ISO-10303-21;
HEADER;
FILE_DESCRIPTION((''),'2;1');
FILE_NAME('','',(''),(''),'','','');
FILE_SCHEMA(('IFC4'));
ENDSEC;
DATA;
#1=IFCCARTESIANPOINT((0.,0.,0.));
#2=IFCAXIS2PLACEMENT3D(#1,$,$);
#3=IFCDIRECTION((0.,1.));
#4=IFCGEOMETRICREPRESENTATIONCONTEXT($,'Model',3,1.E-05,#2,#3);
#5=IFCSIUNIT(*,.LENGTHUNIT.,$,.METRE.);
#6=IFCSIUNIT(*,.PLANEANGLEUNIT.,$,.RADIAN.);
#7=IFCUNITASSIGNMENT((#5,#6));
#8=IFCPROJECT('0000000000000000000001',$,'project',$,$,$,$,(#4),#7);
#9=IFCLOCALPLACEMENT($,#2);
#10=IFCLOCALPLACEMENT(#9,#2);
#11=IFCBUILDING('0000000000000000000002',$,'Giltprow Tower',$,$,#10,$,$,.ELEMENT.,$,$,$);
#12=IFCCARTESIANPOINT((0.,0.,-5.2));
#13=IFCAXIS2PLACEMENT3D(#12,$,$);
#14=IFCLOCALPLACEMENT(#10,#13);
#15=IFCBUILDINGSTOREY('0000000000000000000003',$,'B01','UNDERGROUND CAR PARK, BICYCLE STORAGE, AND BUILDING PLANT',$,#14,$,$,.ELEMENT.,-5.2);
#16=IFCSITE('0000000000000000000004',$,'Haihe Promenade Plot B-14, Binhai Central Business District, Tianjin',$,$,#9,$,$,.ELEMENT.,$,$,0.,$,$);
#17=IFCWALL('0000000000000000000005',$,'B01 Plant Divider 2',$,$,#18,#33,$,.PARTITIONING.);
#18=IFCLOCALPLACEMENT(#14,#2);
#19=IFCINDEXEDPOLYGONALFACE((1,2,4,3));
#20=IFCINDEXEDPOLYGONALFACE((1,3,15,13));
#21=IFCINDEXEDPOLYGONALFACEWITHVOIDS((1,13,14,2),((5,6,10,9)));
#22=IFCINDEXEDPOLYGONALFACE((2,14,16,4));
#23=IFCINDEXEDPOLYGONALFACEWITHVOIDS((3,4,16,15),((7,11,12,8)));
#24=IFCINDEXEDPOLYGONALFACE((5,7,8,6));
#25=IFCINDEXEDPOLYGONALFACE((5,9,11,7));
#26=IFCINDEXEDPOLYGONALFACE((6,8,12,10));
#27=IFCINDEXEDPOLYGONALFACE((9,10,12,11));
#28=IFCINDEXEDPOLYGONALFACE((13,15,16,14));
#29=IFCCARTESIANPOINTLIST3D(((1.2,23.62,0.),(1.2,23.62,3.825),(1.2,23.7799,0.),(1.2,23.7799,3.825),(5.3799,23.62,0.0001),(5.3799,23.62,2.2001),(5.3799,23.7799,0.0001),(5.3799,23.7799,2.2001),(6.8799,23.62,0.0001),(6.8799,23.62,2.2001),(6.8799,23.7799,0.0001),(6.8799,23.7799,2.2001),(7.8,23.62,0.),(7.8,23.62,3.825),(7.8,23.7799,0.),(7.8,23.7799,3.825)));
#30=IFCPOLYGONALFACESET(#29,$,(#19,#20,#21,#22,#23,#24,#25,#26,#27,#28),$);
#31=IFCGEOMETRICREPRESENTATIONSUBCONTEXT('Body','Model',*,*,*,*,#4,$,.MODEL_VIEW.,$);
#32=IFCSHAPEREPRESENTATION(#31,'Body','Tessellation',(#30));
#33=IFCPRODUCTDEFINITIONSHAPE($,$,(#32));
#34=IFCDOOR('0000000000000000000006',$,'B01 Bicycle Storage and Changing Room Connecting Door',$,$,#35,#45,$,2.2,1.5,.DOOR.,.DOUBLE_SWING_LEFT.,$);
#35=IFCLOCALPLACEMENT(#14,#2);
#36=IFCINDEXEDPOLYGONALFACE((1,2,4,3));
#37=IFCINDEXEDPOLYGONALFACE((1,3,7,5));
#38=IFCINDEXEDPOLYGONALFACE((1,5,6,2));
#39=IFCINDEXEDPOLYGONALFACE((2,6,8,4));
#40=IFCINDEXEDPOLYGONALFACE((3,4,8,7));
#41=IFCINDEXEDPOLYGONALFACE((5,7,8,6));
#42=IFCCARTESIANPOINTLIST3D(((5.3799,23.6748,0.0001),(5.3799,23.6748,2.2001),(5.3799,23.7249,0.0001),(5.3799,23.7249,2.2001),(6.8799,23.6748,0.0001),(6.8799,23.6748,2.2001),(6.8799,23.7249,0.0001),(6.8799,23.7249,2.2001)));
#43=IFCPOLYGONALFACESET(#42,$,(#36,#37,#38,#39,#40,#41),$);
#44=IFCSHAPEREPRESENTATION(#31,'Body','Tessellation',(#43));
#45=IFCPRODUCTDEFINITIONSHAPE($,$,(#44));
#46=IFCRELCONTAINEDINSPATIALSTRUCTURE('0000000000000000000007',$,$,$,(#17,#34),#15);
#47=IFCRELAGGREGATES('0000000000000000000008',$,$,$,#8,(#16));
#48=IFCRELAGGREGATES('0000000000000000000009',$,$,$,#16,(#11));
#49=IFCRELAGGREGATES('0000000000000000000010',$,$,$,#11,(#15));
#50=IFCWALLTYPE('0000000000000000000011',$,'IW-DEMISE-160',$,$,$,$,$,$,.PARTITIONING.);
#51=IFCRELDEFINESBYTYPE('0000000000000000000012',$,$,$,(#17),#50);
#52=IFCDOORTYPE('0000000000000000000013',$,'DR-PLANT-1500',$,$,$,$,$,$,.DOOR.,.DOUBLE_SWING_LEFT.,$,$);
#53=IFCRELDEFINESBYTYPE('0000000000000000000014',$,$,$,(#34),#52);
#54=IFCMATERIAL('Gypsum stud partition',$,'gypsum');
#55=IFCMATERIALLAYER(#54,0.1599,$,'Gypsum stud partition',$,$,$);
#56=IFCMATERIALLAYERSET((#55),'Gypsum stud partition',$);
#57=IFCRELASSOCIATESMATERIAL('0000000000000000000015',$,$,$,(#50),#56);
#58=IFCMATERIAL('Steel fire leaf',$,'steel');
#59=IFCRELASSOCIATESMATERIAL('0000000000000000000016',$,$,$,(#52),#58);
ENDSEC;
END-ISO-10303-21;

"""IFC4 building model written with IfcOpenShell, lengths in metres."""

from ifc_helpers import new_model, si_unit, direction, frame, frame_2d, origin, place, context, subcontext, project, spatial, rectangle, extrude, source, transform, mapped, material, layer, layer_set, type_object, element, fill, save


model = new_model("IFC4")

# Units and contexts
model_context = context("Model", 3, precision=1e-05, world=origin(), true_north=direction((0.0, 1.0)))
body_context = subcontext(model_context, "Body", "Model", "MODEL_VIEW")
ifc_project = project(units=[si_unit("LENGTHUNIT", "METRE"), si_unit("PLANEANGLEUNIT", "RADIAN")], contexts=[model_context])

# Site, building, storey
site_placement = place(None, origin())
site = spatial("IfcSite", under=ifc_project, at=site_placement, Name="Haihe Promenade Plot B-14, Binhai Central Business District, Tianjin", CompositionType="ELEMENT", RefElevation=0.0)
building_placement = place(site_placement, origin())
building = spatial("IfcBuilding", under=site, at=building_placement, Name="Giltprow Tower", CompositionType="ELEMENT")
storey_placement = place(building_placement, frame((0.0, 0.0, -5.2)))
storey = spatial("IfcBuildingStorey", under=building, at=storey_placement, Name="B01", Description="UNDERGROUND CAR PARK, BICYCLE STORAGE, AND BUILDING PLANT", CompositionType="ELEMENT", Elevation=-5.2)

# Shared definitions
ifc_material_1 = material(Name="Gypsum stud partition", Category="gypsum")
ifc_layer = layer(ifc_material_1, 0.1599, Name="Gypsum stud partition")
ifc_layer_set = layer_set([ifc_layer], Name="Gypsum stud partition")
wall_type = type_object("IfcWallType", Name="IW-DEMISE-160", PredefinedType="PARTITIONING", material=ifc_layer_set)
ifc_material_2 = material(Name="Steel fire leaf", Category="steel")
door_type = type_object("IfcDoorType", Name="DR-PLANT-1500", OperationType="DOUBLE_SWING_LEFT", PredefinedType="DOOR", material=ifc_material_2)
shared_shape_1 = source(origin(), body_context, "Body", "SweptSolid", [
    extrude(rectangle(XDim=1.5, YDim=2.2, at=frame_2d((0.75, 1.1001))), frame((0.0, 0.0249, 0.0), z_axis=(0.0, -1.0, 0.0), x_axis=(1.0, 0.0, 0.0)), (0.0, 0.0, 1.0), 0.05),
])

# Wall, opening, door
wall_1_placement = place(storey_placement, frame((1.2, 23.7, 0.0), z_axis=(0.0, 0.0, 1.0), x_axis=(1.0, 0.0, 0.0)))
wall_1 = element("IfcWall", 1, at=wall_1_placement, inside=storey, type_object=wall_type, Name="B01 Plant Divider 2", PredefinedType="PARTITIONING", context=body_context, shape_type="SweptSolid", body=[
    extrude(rectangle(XDim=6.6001, YDim=0.1599, at=frame_2d((3.3, 0.0))), origin(), (0.0, 0.0, 1.0), 3.825),
])
opening_1_placement = place(wall_1_placement, frame((4.1799, 0.0, 0.0)))
opening_1 = element("IfcOpeningElement", 2, at=opening_1_placement, cuts=wall_1, PredefinedType="OPENING", context=body_context, shape_type="SweptSolid", body=[
    extrude(rectangle(XDim=1.5, YDim=2.2, at=frame_2d((0.75, 1.1001))), frame((0.0, 0.0898, 0.0), z_axis=(0.0, -1.0, 0.0), x_axis=(1.0, 0.0, 0.0)), (0.0, 0.0, 1.0), 0.1799),
])
door_1_placement = place(opening_1_placement, origin())
door_1 = element("IfcDoor", 3, at=door_1_placement, inside=storey, type_object=door_type, Name="B01 Bicycle Storage and Changing Room Connecting Door", OperationType="DOUBLE_SWING_LEFT", OverallHeight=2.2, OverallWidth=1.5, PredefinedType="DOOR", context=body_context, shape_type="MappedRepresentation", body=[
    mapped(shared_shape_1, transform((0.0, 0.0, 0.0), x_axis=(1.0, 0.0, 0.0), y_axis=(0.0, 1.0, 0.0), z_axis=(0.0, 0.0, 1.0), scale=1.0)),
])
fill(opening_1, door_1)

save(model, "model.ifc")
